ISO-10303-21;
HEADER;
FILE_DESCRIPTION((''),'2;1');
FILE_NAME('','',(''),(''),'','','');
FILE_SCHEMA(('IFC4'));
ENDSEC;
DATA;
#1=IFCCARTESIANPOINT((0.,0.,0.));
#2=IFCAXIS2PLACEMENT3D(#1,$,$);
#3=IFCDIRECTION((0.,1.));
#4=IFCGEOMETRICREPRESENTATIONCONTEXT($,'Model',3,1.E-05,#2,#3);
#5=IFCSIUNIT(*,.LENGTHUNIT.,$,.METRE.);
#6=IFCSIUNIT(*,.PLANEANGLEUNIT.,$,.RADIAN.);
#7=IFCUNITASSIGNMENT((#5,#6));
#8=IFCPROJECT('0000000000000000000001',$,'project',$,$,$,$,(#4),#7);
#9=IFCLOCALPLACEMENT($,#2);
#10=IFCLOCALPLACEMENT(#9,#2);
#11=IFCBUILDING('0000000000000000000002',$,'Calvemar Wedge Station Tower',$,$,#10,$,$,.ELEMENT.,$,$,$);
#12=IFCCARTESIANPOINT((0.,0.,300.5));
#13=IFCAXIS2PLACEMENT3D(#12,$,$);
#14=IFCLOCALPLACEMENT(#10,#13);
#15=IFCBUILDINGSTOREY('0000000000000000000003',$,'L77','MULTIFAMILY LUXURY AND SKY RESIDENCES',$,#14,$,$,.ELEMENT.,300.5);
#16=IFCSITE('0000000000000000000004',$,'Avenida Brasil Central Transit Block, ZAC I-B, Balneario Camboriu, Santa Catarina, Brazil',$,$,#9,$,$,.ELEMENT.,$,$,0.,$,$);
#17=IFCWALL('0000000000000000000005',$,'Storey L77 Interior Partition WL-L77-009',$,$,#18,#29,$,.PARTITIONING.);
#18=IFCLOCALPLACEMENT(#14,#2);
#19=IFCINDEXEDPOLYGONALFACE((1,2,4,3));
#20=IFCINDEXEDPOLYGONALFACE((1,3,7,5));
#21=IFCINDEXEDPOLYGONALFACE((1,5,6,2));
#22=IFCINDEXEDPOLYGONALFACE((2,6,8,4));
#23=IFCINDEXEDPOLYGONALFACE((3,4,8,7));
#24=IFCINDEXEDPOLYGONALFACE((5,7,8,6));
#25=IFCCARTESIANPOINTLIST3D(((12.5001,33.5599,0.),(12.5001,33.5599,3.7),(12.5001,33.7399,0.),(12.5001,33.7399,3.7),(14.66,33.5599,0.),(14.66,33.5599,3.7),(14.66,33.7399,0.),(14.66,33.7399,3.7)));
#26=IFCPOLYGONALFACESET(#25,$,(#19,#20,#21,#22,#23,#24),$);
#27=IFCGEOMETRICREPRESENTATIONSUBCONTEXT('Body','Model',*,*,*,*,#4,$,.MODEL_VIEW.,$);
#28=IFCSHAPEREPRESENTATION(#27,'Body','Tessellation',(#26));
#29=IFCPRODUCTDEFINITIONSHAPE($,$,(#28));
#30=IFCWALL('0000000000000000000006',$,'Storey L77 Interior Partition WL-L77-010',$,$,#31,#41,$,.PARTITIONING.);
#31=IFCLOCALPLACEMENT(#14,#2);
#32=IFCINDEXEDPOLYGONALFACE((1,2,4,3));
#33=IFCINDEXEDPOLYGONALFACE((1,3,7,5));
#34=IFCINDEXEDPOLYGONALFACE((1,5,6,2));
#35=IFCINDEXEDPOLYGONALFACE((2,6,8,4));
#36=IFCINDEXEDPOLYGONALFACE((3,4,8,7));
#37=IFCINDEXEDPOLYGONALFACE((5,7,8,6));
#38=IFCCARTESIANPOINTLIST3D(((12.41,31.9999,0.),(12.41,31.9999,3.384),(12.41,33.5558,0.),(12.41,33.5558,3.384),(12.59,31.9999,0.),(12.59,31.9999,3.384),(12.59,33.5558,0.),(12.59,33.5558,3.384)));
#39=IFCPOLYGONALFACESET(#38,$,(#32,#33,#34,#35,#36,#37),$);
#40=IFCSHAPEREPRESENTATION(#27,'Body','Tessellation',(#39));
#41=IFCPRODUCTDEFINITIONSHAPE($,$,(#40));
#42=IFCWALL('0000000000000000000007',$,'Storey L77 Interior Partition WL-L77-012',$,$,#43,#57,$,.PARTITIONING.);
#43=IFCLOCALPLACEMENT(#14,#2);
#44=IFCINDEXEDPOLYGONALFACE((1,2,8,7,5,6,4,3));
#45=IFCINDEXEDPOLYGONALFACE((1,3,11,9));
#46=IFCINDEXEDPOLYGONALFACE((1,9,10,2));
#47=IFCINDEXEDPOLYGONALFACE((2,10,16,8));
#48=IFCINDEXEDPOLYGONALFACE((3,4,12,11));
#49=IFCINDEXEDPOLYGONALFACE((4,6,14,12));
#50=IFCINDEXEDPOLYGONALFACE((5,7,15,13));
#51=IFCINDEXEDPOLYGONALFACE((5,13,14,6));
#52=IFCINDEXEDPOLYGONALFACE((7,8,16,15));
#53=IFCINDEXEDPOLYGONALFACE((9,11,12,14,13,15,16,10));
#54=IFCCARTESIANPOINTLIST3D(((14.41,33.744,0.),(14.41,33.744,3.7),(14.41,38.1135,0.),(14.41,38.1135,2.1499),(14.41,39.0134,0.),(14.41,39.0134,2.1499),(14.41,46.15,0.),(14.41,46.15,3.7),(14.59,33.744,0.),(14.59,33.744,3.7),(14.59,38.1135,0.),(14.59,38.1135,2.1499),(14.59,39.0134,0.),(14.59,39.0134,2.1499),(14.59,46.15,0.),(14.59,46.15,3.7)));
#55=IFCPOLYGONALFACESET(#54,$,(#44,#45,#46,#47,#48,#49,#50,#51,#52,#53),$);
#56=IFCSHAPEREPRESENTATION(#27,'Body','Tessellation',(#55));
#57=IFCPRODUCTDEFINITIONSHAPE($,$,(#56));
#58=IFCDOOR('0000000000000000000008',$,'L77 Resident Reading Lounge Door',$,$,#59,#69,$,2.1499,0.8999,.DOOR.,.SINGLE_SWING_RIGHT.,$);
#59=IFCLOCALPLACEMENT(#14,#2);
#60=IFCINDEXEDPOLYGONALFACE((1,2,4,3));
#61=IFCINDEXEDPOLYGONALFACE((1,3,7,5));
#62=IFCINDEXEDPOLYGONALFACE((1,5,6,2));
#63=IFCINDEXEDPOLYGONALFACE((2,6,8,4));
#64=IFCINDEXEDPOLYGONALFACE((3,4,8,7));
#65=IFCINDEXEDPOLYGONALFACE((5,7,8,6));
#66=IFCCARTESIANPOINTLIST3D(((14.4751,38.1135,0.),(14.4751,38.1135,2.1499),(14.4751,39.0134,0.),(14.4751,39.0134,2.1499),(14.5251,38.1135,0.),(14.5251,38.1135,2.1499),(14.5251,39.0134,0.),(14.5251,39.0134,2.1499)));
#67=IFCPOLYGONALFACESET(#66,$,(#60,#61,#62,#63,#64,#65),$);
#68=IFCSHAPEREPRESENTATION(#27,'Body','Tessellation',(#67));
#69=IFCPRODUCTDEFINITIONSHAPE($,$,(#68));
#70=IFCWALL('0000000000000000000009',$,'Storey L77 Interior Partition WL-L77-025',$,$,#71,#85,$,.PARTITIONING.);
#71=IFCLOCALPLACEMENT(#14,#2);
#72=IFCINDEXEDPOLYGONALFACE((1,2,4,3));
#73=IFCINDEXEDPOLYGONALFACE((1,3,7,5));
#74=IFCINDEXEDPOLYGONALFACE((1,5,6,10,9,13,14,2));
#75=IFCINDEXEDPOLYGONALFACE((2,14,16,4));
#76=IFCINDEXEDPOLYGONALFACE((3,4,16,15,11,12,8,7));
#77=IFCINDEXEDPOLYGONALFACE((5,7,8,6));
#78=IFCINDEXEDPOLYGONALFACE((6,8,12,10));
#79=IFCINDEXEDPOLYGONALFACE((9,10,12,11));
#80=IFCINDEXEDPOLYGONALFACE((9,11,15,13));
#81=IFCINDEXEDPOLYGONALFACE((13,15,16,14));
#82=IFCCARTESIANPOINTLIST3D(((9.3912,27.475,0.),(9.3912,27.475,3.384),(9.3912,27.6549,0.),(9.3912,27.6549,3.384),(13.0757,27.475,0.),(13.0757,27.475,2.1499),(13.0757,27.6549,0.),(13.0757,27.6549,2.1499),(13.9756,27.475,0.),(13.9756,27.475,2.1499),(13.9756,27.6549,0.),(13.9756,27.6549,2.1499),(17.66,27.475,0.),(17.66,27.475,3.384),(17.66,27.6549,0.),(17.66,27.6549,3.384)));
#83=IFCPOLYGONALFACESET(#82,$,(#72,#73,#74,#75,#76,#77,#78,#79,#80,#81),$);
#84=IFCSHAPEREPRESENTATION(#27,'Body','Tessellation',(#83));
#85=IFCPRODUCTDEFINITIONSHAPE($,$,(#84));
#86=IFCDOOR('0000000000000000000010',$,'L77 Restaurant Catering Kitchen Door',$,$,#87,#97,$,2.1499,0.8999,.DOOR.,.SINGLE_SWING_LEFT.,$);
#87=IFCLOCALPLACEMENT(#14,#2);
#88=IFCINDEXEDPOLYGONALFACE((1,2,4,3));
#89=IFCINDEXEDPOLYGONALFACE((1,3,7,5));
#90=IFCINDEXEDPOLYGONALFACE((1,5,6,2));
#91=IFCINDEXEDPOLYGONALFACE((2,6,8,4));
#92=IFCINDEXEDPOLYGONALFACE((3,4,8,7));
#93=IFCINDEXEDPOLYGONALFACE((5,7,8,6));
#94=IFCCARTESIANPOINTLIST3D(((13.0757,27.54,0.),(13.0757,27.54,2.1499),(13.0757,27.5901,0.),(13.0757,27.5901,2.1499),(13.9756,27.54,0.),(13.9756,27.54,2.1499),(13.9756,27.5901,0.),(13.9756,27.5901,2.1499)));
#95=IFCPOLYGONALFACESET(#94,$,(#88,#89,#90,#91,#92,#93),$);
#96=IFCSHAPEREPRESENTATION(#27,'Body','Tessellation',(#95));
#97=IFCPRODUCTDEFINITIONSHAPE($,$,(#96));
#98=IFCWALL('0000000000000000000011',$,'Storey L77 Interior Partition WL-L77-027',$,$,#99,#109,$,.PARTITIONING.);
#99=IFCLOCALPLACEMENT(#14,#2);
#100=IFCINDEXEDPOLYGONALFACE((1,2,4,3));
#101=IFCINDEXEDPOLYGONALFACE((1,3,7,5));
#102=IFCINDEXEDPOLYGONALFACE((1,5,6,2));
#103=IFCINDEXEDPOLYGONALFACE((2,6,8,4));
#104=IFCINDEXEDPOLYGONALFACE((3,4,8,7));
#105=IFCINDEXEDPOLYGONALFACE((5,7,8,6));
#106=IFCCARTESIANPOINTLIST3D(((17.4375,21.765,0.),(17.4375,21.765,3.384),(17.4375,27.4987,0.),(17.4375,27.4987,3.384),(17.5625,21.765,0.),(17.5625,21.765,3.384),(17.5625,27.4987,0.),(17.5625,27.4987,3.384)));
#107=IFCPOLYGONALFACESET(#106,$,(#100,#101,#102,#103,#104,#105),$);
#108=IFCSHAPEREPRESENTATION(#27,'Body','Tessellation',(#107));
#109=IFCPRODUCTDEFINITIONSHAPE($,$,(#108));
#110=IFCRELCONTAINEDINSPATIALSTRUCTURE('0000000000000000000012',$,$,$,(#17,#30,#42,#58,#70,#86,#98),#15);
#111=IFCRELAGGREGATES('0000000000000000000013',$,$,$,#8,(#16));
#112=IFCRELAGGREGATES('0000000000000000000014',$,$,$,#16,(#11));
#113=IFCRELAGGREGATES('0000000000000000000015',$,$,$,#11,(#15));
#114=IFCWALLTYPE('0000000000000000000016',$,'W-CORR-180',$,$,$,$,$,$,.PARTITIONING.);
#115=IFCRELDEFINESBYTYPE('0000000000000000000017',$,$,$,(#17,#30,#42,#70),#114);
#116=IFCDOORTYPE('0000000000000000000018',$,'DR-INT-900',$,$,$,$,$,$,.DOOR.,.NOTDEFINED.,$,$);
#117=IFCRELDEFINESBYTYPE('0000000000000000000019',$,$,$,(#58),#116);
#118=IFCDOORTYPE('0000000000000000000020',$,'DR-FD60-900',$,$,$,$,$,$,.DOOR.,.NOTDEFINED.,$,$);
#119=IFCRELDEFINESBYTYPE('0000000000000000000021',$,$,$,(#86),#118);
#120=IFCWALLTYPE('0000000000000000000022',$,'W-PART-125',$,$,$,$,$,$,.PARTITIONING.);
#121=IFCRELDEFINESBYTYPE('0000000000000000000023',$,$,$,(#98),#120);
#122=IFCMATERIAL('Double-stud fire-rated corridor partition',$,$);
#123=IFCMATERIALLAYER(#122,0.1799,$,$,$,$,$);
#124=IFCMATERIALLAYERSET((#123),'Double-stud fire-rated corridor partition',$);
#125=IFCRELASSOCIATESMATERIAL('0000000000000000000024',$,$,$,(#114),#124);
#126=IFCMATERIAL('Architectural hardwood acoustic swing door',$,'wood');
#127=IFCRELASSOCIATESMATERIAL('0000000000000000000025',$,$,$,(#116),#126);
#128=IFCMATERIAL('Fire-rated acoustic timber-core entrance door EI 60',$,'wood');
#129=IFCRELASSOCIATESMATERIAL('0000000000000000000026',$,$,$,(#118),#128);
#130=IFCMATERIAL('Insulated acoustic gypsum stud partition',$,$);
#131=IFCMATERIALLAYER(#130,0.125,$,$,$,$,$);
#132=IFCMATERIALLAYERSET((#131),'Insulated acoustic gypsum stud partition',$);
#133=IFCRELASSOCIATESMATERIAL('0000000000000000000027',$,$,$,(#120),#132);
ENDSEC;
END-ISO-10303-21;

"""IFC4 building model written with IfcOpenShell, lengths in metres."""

from ifc_helpers import new_model, si_unit, direction, frame, frame_2d, origin, place, context, subcontext, project, spatial, rectangle, extrude, source, transform, mapped, material, layer, layer_set, type_object, element, fill, save


model = new_model("IFC4")

# Units and contexts
model_context = context("Model", 3, precision=1e-05, world=origin(), true_north=direction((0.0, 1.0)))
body_context = subcontext(model_context, "Body", "Model", "MODEL_VIEW")
ifc_project = project(units=[si_unit("LENGTHUNIT", "METRE"), si_unit("PLANEANGLEUNIT", "RADIAN")], contexts=[model_context])

# Site, building, storey
site_placement = place(None, origin())
site = spatial("IfcSite", under=ifc_project, at=site_placement, Name="Avenida Brasil Central Transit Block, ZAC I-B, Balneario Camboriu, Santa Catarina, Brazil", CompositionType="ELEMENT", RefElevation=0.0)
building_placement = place(site_placement, origin())
building = spatial("IfcBuilding", under=site, at=building_placement, Name="Calvemar Wedge Station Tower", CompositionType="ELEMENT")
storey_placement = place(building_placement, frame((0.0, 0.0, 300.5)))
storey = spatial("IfcBuildingStorey", under=building, at=storey_placement, Name="L77", Description="MULTIFAMILY LUXURY AND SKY RESIDENCES", CompositionType="ELEMENT", Elevation=300.5)

# Walls
ifc_material_1 = material(Name="Double-stud fire-rated corridor partition")
ifc_layer_1 = layer(ifc_material_1, 0.1799)
ifc_layer_set_1 = layer_set([ifc_layer_1], Name="Double-stud fire-rated corridor partition")
wall_type_1 = type_object("IfcWallType", Name="W-CORR-180", PredefinedType="PARTITIONING", material=ifc_layer_set_1)
wall_1_placement = place(storey_placement, frame((12.5, 33.6499, 0.0), z_axis=(0.0, 0.0, 1.0), x_axis=(1.0, 0.0, 0.0)))
element("IfcWall", 1, at=wall_1_placement, inside=storey, type_object=wall_type_1, Name="Storey L77 Interior Partition WL-L77-009", PredefinedType="PARTITIONING", context=body_context, shape_type="SweptSolid", body=[
    extrude(rectangle(XDim=2.1599, YDim=0.1799, at=frame_2d((1.0801, 0.0))), origin(), (0.0, 0.0, 1.0), 3.7),
])
wall_2_placement = place(storey_placement, frame((12.5, 32.0, 0.0), z_axis=(0.0, 0.0, 1.0), x_axis=(0.0, 1.0, 0.0)))
element("IfcWall", 2, at=wall_2_placement, inside=storey, type_object=wall_type_1, Name="Storey L77 Interior Partition WL-L77-010", PredefinedType="PARTITIONING", context=body_context, shape_type="SweptSolid", body=[
    extrude(rectangle(XDim=1.5559, YDim=0.1799, at=frame_2d((0.7778, 0.0))), origin(), (0.0, 0.0, 1.0), 3.384),
])

# Walls, openings, doors
wall_3_placement = place(storey_placement, frame((14.5, 33.7439, 0.0), z_axis=(0.0, 0.0, 1.0), x_axis=(0.0, 1.0, 0.0)))
wall_3 = element("IfcWall", 3, at=wall_3_placement, inside=storey, type_object=wall_type_1, Name="Storey L77 Interior Partition WL-L77-012", PredefinedType="PARTITIONING", context=body_context, shape_type="SweptSolid", body=[
    extrude(rectangle(XDim=12.406, YDim=0.1799, at=frame_2d((6.2031, 0.0))), origin(), (0.0, 0.0, 1.0), 3.7),
])
shared_shape_1 = source(origin(), body_context, "Body", "SweptSolid", [
    extrude(rectangle(XDim=0.8999, YDim=2.1499, at=frame_2d((0.45, 1.075))), frame((0.0, 0.1001, 0.0), z_axis=(0.0, -1.0, 0.0), x_axis=(1.0, 0.0, 0.0)), (0.0, 0.0, 1.0), 0.2),
])
opening_1_placement = place(wall_3_placement, frame((4.3696, 0.0, 0.0)))
opening_1 = element("IfcOpeningElement", 4, at=opening_1_placement, cuts=wall_3, PredefinedType="OPENING", context=body_context, shape_type="MappedRepresentation", body=[
    mapped(shared_shape_1, transform((0.0, 0.0, 0.0), scale=1.0)),
])
ifc_material_2 = material(Name="Architectural hardwood acoustic swing door", Category="wood")
door_type_1 = type_object("IfcDoorType", Name="DR-INT-900", OperationType="NOTDEFINED", PredefinedType="DOOR", material=ifc_material_2)
shared_shape_2 = source(origin(), body_context, "Body", "SweptSolid", [
    extrude(rectangle(XDim=0.8999, YDim=2.1499, at=frame_2d((0.45, 1.075))), frame((0.0, 0.0249, 0.0), z_axis=(0.0, -1.0, 0.0), x_axis=(1.0, 0.0, 0.0)), (0.0, 0.0, 1.0), 0.05),
])
door_1_placement = place(opening_1_placement, origin())
door_1 = element("IfcDoor", 5, at=door_1_placement, inside=storey, type_object=door_type_1, Name="L77 Resident Reading Lounge Door", OperationType="SINGLE_SWING_RIGHT", OverallHeight=2.1499, OverallWidth=0.8999, PredefinedType="DOOR", context=body_context, shape_type="MappedRepresentation", body=[
    mapped(shared_shape_2, transform((0.0, 0.0, 0.0), scale=1.0)),
])
fill(opening_1, door_1)
wall_4_placement = place(storey_placement, frame((17.6599, 27.5649, 0.0), z_axis=(0.0, 0.0, 1.0), x_axis=(-1.0, 0.0, 0.0)))
wall_4 = element("IfcWall", 6, at=wall_4_placement, inside=storey, type_object=wall_type_1, Name="Storey L77 Interior Partition WL-L77-025", PredefinedType="PARTITIONING", context=body_context, shape_type="SweptSolid", body=[
    extrude(rectangle(XDim=8.2688, YDim=0.1799, at=frame_2d((4.1343, 0.0))), origin(), (0.0, 0.0, 1.0), 3.384),
])
opening_2_placement = place(wall_4_placement, frame((3.6843, 0.0, 0.0)))
opening_2 = element("IfcOpeningElement", 7, at=opening_2_placement, cuts=wall_4, PredefinedType="OPENING", context=body_context, shape_type="MappedRepresentation", body=[
    mapped(shared_shape_1, transform((0.0, 0.0, 0.0), scale=1.0)),
])
ifc_material_3 = material(Name="Fire-rated acoustic timber-core entrance door EI 60", Category="wood")
door_type_2 = type_object("IfcDoorType", Name="DR-FD60-900", OperationType="NOTDEFINED", PredefinedType="DOOR", material=ifc_material_3)
shared_shape_3 = source(origin(), body_context, "Body", "SweptSolid", [
    extrude(rectangle(XDim=0.8999, YDim=2.1499, at=frame_2d((0.45, 1.075))), frame((0.0, 0.0249, 0.0), z_axis=(0.0, -1.0, 0.0), x_axis=(1.0, 0.0, 0.0)), (0.0, 0.0, 1.0), 0.05),
])
door_2_placement = place(opening_2_placement, origin())
door_2 = element("IfcDoor", 8, at=door_2_placement, inside=storey, type_object=door_type_2, Name="L77 Restaurant Catering Kitchen Door", OperationType="SINGLE_SWING_LEFT", OverallHeight=2.1499, OverallWidth=0.8999, PredefinedType="DOOR", context=body_context, shape_type="MappedRepresentation", body=[
    mapped(shared_shape_3, transform((0.0, 0.0, 0.0), scale=1.0)),
])
fill(opening_2, door_2)

# Wall
ifc_material_4 = material(Name="Insulated acoustic gypsum stud partition")
ifc_layer_2 = layer(ifc_material_4, 0.125)
ifc_layer_set_2 = layer_set([ifc_layer_2], Name="Insulated acoustic gypsum stud partition")
wall_type_2 = type_object("IfcWallType", Name="W-PART-125", PredefinedType="PARTITIONING", material=ifc_layer_set_2)
wall_5_placement = place(storey_placement, frame((17.5, 27.4985, 0.0), z_axis=(0.0, 0.0, 1.0), x_axis=(0.0, -1.0, 0.0)))
element("IfcWall", 9, at=wall_5_placement, inside=storey, type_object=wall_type_2, Name="Storey L77 Interior Partition WL-L77-027", PredefinedType="PARTITIONING", context=body_context, shape_type="SweptSolid", body=[
    extrude(rectangle(XDim=5.7336, YDim=0.125, at=frame_2d((2.8667, 0.0))), origin(), (0.0, 0.0, 1.0), 3.384),
])

save(model, "model.ifc")
